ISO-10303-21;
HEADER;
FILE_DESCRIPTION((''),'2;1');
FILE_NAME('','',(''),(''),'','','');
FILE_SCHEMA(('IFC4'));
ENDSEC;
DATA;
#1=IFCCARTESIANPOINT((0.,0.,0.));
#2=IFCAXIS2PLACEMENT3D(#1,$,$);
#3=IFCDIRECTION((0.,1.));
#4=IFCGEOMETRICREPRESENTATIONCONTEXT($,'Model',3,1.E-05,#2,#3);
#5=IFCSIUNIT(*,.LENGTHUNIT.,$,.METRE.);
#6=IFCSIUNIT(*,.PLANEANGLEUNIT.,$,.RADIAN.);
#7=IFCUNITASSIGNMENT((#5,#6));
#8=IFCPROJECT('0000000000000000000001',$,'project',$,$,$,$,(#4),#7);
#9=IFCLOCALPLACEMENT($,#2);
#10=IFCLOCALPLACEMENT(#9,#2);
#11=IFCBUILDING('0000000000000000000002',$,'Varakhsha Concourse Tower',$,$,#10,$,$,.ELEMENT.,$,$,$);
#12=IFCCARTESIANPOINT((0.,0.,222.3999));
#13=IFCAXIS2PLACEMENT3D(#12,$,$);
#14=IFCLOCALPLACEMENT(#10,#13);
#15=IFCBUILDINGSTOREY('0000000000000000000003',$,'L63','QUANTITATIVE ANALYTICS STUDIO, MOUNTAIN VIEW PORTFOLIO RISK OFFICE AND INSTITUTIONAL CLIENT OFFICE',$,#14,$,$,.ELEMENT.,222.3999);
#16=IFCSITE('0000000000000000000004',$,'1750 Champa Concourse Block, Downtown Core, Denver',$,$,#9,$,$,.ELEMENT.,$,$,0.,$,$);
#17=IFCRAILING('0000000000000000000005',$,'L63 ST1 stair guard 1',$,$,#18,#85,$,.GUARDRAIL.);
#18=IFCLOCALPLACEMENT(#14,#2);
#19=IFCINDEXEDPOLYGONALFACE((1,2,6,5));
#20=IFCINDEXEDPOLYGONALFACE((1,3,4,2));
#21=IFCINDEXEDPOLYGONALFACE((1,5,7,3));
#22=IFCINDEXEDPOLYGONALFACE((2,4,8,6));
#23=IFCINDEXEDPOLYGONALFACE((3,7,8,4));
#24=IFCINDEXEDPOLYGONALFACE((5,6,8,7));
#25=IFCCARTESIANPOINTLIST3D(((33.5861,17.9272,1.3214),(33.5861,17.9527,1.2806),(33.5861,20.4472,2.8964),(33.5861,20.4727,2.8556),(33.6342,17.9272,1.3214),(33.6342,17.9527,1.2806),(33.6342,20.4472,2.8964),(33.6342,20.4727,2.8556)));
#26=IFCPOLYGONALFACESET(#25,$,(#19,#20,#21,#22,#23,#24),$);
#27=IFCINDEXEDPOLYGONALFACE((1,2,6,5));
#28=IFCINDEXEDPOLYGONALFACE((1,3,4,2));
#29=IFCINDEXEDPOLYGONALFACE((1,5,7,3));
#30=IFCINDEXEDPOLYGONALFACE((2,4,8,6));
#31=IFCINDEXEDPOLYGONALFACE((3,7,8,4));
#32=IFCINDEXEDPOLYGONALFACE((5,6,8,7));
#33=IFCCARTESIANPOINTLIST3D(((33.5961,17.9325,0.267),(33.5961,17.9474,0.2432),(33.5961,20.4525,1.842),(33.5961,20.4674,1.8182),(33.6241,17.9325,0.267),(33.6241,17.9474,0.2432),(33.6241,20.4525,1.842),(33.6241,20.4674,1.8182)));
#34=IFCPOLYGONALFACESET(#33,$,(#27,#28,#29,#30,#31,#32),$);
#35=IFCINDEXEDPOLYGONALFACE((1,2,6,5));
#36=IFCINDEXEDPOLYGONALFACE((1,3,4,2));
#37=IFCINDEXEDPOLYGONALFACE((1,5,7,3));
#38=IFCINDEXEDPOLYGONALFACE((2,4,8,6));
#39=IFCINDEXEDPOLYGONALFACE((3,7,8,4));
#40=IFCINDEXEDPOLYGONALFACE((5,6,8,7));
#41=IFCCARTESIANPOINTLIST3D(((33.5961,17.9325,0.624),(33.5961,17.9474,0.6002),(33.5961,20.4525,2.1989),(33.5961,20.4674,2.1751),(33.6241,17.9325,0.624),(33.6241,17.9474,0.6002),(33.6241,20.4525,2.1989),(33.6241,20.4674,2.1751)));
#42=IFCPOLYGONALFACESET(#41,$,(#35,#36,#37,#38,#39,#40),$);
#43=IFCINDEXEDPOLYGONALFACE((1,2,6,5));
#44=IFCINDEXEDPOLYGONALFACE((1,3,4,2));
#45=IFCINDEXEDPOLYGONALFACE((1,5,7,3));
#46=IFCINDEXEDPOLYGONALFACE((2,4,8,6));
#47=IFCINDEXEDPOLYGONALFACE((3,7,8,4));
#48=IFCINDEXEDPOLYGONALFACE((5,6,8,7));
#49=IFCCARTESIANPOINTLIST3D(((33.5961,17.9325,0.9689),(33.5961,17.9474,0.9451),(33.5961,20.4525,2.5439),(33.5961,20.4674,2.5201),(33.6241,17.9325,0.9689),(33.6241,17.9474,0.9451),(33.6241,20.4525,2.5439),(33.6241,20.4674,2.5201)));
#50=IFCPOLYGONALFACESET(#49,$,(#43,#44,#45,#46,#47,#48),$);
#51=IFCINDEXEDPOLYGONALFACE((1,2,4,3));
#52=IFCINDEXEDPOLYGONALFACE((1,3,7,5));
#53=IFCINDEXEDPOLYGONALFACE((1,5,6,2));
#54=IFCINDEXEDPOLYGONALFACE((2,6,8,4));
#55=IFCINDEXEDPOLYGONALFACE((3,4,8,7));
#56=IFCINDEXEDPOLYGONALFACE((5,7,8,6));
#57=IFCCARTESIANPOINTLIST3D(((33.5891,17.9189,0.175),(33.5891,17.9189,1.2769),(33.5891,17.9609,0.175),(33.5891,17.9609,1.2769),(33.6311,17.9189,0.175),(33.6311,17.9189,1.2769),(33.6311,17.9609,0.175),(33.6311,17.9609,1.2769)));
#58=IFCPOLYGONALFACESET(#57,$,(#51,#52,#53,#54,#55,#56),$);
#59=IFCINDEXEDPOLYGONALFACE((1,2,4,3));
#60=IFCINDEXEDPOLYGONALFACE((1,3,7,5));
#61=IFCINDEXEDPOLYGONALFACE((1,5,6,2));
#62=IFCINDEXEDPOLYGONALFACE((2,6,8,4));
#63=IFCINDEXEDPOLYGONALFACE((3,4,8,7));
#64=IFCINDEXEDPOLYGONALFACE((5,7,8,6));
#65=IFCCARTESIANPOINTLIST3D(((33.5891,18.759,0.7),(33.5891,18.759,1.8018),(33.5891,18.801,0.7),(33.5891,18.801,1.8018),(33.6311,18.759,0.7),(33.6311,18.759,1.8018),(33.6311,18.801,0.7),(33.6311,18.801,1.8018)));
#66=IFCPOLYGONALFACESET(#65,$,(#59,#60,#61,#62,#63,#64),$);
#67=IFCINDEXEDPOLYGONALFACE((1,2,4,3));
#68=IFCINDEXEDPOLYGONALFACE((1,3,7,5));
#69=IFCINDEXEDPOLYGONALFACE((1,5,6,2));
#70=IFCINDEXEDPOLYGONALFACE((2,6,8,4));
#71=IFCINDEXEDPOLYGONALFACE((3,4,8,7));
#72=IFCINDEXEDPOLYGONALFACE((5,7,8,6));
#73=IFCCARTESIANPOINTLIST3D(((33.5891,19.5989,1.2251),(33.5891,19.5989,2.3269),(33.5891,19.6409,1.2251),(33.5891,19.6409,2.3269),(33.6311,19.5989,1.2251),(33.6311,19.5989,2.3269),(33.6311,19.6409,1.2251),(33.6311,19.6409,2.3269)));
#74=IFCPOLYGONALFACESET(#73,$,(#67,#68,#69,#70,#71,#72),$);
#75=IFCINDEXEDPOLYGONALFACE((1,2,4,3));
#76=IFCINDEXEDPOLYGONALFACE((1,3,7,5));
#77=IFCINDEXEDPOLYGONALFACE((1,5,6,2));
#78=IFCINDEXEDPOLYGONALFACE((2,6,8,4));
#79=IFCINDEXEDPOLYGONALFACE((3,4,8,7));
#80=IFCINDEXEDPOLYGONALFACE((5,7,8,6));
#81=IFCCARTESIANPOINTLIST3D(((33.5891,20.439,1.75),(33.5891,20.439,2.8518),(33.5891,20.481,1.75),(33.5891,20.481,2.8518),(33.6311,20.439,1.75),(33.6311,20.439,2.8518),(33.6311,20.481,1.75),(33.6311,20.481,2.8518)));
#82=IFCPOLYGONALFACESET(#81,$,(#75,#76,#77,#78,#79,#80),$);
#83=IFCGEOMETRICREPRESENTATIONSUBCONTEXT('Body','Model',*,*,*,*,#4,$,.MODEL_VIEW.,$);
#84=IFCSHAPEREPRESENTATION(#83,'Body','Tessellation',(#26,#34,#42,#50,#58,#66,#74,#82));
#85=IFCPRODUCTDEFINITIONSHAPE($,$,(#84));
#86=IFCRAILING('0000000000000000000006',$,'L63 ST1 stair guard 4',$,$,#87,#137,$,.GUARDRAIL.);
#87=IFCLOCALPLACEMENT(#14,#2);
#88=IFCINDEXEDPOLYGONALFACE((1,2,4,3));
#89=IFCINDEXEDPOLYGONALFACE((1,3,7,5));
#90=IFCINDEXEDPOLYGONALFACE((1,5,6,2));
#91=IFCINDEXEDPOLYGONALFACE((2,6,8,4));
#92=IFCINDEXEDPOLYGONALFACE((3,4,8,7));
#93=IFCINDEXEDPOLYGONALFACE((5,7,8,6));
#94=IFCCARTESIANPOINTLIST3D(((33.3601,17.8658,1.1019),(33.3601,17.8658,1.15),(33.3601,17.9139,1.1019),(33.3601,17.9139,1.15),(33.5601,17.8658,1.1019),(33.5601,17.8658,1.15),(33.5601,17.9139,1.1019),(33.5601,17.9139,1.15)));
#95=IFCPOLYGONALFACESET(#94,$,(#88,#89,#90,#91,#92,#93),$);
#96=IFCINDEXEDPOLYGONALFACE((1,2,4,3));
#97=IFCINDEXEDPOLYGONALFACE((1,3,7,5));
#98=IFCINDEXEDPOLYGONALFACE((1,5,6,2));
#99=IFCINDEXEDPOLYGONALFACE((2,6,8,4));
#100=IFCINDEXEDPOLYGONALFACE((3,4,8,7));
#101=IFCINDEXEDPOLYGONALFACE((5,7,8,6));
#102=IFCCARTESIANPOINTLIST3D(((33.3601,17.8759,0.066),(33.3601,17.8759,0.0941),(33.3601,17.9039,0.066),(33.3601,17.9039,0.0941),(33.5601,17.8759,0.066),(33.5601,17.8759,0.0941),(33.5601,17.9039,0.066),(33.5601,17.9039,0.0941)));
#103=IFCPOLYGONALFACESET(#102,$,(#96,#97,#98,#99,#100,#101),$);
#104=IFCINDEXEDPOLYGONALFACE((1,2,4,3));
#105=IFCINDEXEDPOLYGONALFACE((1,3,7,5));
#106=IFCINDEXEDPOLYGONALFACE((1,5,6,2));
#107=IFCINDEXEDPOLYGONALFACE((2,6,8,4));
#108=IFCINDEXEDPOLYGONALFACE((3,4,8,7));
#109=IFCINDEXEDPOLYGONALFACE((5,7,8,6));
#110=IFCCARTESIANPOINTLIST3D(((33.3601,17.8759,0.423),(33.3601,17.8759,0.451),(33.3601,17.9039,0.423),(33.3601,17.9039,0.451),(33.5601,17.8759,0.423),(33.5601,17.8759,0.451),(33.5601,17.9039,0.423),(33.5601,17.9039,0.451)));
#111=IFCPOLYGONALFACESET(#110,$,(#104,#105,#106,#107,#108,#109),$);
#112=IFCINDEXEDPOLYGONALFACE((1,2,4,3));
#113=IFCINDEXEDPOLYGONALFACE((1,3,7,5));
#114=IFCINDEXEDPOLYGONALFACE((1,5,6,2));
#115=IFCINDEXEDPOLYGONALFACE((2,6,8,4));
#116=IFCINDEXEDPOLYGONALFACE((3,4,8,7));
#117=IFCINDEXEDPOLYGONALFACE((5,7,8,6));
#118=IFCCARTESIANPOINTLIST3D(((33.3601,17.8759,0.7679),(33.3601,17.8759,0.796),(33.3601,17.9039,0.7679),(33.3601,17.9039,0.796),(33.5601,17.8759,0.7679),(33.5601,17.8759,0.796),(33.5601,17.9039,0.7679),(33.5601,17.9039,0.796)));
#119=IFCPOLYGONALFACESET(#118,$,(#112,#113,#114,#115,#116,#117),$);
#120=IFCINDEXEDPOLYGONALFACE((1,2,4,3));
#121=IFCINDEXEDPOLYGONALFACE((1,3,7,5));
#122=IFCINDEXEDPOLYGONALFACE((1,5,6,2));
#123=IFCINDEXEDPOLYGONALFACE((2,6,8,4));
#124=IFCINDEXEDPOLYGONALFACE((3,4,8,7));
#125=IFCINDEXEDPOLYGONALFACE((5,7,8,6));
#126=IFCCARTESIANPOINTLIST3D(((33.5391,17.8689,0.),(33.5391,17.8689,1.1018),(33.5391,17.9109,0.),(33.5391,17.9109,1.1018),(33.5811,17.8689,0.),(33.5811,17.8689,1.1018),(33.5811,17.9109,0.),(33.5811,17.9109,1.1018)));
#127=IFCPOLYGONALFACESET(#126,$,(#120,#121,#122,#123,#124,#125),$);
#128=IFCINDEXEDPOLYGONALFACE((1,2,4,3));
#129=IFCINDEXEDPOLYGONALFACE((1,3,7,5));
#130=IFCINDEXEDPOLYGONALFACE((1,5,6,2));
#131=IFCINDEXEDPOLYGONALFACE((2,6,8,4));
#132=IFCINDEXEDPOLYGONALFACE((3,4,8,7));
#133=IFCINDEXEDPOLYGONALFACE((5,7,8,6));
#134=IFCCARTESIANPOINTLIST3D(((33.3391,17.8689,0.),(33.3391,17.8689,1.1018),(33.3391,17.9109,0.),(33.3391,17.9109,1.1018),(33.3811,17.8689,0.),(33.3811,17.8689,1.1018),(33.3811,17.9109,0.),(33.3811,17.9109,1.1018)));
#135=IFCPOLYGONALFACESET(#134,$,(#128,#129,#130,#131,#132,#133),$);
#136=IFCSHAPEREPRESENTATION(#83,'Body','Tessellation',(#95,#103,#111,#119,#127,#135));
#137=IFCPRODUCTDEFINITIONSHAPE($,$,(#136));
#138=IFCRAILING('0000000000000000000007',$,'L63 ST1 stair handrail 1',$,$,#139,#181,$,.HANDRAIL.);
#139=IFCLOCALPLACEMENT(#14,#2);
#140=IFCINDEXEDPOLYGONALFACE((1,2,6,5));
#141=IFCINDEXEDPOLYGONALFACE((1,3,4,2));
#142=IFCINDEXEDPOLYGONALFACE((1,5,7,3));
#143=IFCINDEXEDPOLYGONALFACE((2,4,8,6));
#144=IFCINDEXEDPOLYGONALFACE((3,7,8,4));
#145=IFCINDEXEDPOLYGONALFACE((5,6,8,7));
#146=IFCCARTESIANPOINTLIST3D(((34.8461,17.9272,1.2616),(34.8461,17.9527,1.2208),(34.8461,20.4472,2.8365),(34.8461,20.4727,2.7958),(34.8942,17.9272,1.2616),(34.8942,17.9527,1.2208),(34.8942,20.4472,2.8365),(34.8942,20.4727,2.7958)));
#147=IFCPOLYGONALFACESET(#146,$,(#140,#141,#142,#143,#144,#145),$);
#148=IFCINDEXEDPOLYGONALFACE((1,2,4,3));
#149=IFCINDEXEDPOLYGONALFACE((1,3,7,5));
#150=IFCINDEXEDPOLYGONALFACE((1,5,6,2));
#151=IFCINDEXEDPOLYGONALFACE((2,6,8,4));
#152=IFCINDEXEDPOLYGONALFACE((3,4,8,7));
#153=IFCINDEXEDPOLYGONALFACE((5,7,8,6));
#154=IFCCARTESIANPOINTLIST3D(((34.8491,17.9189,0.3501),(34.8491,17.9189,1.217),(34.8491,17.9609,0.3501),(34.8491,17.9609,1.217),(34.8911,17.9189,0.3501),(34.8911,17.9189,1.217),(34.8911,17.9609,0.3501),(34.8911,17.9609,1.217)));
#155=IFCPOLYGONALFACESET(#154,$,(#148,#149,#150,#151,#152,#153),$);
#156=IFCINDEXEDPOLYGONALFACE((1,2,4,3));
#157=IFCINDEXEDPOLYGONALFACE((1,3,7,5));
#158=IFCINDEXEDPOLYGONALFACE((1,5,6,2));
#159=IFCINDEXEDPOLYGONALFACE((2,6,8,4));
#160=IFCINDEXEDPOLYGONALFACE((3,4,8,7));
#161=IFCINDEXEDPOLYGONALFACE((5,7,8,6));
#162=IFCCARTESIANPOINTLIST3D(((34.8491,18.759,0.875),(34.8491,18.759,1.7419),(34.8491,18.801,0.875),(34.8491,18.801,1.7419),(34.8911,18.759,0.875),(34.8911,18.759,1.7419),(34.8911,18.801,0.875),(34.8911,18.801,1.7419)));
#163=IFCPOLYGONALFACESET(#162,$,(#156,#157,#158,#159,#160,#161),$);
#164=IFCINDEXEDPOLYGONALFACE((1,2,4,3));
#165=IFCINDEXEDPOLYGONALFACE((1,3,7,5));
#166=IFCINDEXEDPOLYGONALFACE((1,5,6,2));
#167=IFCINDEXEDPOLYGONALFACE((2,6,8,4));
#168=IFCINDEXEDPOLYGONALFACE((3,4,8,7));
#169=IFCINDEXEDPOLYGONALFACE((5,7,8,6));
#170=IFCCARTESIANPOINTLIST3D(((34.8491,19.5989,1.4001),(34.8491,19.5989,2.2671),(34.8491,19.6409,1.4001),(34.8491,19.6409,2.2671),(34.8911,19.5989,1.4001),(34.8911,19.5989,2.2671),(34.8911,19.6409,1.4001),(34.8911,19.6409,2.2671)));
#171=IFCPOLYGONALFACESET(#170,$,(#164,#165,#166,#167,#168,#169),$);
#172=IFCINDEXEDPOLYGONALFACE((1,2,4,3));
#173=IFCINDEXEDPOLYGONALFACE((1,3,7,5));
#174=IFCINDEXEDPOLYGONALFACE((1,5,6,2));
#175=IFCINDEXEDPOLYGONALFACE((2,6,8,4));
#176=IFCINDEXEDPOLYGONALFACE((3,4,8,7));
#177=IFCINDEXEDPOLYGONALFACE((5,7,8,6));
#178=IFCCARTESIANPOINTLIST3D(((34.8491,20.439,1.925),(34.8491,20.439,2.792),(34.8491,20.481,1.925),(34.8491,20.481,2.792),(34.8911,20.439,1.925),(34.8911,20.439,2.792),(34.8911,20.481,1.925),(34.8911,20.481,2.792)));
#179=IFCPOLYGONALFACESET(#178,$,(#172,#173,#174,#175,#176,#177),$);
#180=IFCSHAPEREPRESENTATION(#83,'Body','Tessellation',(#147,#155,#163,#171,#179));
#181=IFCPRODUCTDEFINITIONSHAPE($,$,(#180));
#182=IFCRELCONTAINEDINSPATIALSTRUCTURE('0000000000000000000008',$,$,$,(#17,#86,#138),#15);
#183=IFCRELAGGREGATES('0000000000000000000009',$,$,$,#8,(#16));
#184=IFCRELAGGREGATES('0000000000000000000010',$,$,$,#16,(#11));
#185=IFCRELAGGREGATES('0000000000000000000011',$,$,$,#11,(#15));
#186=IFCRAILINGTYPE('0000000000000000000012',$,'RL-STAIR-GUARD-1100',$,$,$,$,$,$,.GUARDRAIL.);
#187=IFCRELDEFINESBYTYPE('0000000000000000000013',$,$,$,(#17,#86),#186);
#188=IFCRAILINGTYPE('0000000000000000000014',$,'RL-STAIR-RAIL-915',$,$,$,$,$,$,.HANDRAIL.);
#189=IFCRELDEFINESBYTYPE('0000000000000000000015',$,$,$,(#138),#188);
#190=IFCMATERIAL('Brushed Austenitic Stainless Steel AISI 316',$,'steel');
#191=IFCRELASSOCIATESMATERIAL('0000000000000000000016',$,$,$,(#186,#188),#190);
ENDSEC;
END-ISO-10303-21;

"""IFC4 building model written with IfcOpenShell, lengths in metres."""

from ifc_helpers import new_model, si_unit, direction, frame, origin, origin_2d, place, context, subcontext, project, spatial, rectangle, extrude, material, type_object, element, save


model = new_model("IFC4")

# Units and contexts
model_context = context("Model", 3, precision=1e-05, world=origin(), true_north=direction((0.0, 1.0)))
body_context = subcontext(model_context, "Body", "Model", "MODEL_VIEW")
ifc_project = project(units=[si_unit("LENGTHUNIT", "METRE"), si_unit("PLANEANGLEUNIT", "RADIAN")], contexts=[model_context])

# Site, building, storey
site_placement = place(None, origin())
site = spatial("IfcSite", under=ifc_project, at=site_placement, Name="1750 Champa Concourse Block, Downtown Core, Denver", CompositionType="ELEMENT", RefElevation=0.0)
building_placement = place(site_placement, origin())
building = spatial("IfcBuilding", under=site, at=building_placement, Name="Varakhsha Concourse Tower", CompositionType="ELEMENT")
storey_placement = place(building_placement, frame((0.0, 0.0, 222.3999)))
storey = spatial("IfcBuildingStorey", under=building, at=storey_placement, Name="L63", Description="QUANTITATIVE ANALYTICS STUDIO, MOUNTAIN VIEW PORTFOLIO RISK OFFICE AND INSTITUTIONAL CLIENT OFFICE", CompositionType="ELEMENT", Elevation=222.3999)

# Railings
ifc_material_1 = material(Name="Brushed Austenitic Stainless Steel AISI 316", Category="steel")
railing_type_1 = type_object("IfcRailingType", Name="RL-STAIR-GUARD-1100", PredefinedType="GUARDRAIL", material=ifc_material_1)
railing_1_placement = place(storey_placement, frame((33.6101, 17.9399, 0.175)))
element("IfcRailing", 1, at=railing_1_placement, inside=storey, type_object=railing_type_1, Name="L63 ST1 stair guard 1", PredefinedType="GUARDRAIL", context=body_context, shape_type="SweptSolid", body=[
    extrude(rectangle(XDim=0.0481, YDim=0.0481, at=origin_2d()), frame((0.0, 0.0, 1.126), z_axis=(0.0, 0.848008, 0.529984), x_axis=(-1.0, 0.0, 0.0)), (0.0, 0.0, 1.0), 2.9717),
    extrude(rectangle(XDim=0.0281, YDim=0.0281, at=origin_2d()), frame((0.0, 0.0, 0.0801), z_axis=(0.0, 0.848008, 0.529984), x_axis=(-1.0, 0.0, 0.0)), (0.0, 0.0, 1.0), 2.9717),
    extrude(rectangle(XDim=0.0281, YDim=0.0281, at=origin_2d()), frame((0.0, 0.0, 0.437), z_axis=(0.0, 0.848008, 0.529984), x_axis=(-1.0, 0.0, 0.0)), (0.0, 0.0, 1.0), 2.9717),
    extrude(rectangle(XDim=0.0281, YDim=0.0281, at=origin_2d()), frame((0.0, 0.0, 0.782), z_axis=(0.0, 0.848008, 0.529984), x_axis=(-1.0, 0.0, 0.0)), (0.0, 0.0, 1.0), 2.9717),
    extrude(rectangle(XDim=0.042, YDim=0.042, at=origin_2d()), origin(), (0.0, 0.0, 1.0), 1.1018),
    extrude(rectangle(XDim=0.042, YDim=0.042, at=origin_2d()), frame((0.0, 0.8401, 0.5249)), (0.0, 0.0, 1.0), 1.1018),
    extrude(rectangle(XDim=0.042, YDim=0.042, at=origin_2d()), frame((0.0, 1.6799, 1.05)), (0.0, 0.0, 1.0), 1.1018),
    extrude(rectangle(XDim=0.042, YDim=0.042, at=origin_2d()), frame((0.0, 2.52, 1.575)), (0.0, 0.0, 1.0), 1.1018),
])
railing_2_placement = place(storey_placement, frame((33.5601, 17.8899, 0.0)))
element("IfcRailing", 2, at=railing_2_placement, inside=storey, type_object=railing_type_1, Name="L63 ST1 stair guard 4", PredefinedType="GUARDRAIL", context=body_context, shape_type="SweptSolid", body=[
    extrude(rectangle(XDim=0.0481, YDim=0.0481, at=origin_2d()), frame((0.0, 0.0, 1.126), z_axis=(-1.0, 0.0, 0.0), x_axis=(0.0, -1.0, 0.0)), (0.0, 0.0, 1.0), 0.2),
    extrude(rectangle(XDim=0.0281, YDim=0.0281, at=origin_2d()), frame((0.0, 0.0, 0.0801), z_axis=(-1.0, 0.0, 0.0), x_axis=(0.0, -1.0, 0.0)), (0.0, 0.0, 1.0), 0.2),
    extrude(rectangle(XDim=0.0281, YDim=0.0281, at=origin_2d()), frame((0.0, 0.0, 0.437), z_axis=(-1.0, 0.0, 0.0), x_axis=(0.0, -1.0, 0.0)), (0.0, 0.0, 1.0), 0.2),
    extrude(rectangle(XDim=0.0281, YDim=0.0281, at=origin_2d()), frame((0.0, 0.0, 0.782), z_axis=(-1.0, 0.0, 0.0), x_axis=(0.0, -1.0, 0.0)), (0.0, 0.0, 1.0), 0.2),
    extrude(rectangle(XDim=0.042, YDim=0.042, at=origin_2d()), origin(), (0.0, 0.0, 1.0), 1.1018),
    extrude(rectangle(XDim=0.042, YDim=0.042, at=origin_2d()), frame((-0.2, 0.0, 0.0)), (0.0, 0.0, 1.0), 1.1018),
])
railing_type_2 = type_object("IfcRailingType", Name="RL-STAIR-RAIL-915", PredefinedType="HANDRAIL", material=ifc_material_1)
railing_3_placement = place(storey_placement, frame((34.8701, 17.9399, 0.3501)))
element("IfcRailing", 3, at=railing_3_placement, inside=storey, type_object=railing_type_2, Name="L63 ST1 stair handrail 1", PredefinedType="HANDRAIL", context=body_context, shape_type="SweptSolid", body=[
    extrude(rectangle(XDim=0.0481, YDim=0.0481, at=origin_2d()), frame((0.0, 0.0, 0.8911), z_axis=(0.0, 0.848008, 0.529984), x_axis=(-1.0, 0.0, 0.0)), (0.0, 0.0, 1.0), 2.9717),
    extrude(rectangle(XDim=0.042, YDim=0.042, at=origin_2d()), origin(), (0.0, 0.0, 1.0), 0.8669),
    extrude(rectangle(XDim=0.042, YDim=0.042, at=origin_2d()), frame((0.0, 0.8401, 0.5249)), (0.0, 0.0, 1.0), 0.8669),
    extrude(rectangle(XDim=0.042, YDim=0.042, at=origin_2d()), frame((0.0, 1.6799, 1.05)), (0.0, 0.0, 1.0), 0.8669),
    extrude(rectangle(XDim=0.042, YDim=0.042, at=origin_2d()), frame((0.0, 2.52, 1.575)), (0.0, 0.0, 1.0), 0.8669),
])

save(model, "model.ifc")
